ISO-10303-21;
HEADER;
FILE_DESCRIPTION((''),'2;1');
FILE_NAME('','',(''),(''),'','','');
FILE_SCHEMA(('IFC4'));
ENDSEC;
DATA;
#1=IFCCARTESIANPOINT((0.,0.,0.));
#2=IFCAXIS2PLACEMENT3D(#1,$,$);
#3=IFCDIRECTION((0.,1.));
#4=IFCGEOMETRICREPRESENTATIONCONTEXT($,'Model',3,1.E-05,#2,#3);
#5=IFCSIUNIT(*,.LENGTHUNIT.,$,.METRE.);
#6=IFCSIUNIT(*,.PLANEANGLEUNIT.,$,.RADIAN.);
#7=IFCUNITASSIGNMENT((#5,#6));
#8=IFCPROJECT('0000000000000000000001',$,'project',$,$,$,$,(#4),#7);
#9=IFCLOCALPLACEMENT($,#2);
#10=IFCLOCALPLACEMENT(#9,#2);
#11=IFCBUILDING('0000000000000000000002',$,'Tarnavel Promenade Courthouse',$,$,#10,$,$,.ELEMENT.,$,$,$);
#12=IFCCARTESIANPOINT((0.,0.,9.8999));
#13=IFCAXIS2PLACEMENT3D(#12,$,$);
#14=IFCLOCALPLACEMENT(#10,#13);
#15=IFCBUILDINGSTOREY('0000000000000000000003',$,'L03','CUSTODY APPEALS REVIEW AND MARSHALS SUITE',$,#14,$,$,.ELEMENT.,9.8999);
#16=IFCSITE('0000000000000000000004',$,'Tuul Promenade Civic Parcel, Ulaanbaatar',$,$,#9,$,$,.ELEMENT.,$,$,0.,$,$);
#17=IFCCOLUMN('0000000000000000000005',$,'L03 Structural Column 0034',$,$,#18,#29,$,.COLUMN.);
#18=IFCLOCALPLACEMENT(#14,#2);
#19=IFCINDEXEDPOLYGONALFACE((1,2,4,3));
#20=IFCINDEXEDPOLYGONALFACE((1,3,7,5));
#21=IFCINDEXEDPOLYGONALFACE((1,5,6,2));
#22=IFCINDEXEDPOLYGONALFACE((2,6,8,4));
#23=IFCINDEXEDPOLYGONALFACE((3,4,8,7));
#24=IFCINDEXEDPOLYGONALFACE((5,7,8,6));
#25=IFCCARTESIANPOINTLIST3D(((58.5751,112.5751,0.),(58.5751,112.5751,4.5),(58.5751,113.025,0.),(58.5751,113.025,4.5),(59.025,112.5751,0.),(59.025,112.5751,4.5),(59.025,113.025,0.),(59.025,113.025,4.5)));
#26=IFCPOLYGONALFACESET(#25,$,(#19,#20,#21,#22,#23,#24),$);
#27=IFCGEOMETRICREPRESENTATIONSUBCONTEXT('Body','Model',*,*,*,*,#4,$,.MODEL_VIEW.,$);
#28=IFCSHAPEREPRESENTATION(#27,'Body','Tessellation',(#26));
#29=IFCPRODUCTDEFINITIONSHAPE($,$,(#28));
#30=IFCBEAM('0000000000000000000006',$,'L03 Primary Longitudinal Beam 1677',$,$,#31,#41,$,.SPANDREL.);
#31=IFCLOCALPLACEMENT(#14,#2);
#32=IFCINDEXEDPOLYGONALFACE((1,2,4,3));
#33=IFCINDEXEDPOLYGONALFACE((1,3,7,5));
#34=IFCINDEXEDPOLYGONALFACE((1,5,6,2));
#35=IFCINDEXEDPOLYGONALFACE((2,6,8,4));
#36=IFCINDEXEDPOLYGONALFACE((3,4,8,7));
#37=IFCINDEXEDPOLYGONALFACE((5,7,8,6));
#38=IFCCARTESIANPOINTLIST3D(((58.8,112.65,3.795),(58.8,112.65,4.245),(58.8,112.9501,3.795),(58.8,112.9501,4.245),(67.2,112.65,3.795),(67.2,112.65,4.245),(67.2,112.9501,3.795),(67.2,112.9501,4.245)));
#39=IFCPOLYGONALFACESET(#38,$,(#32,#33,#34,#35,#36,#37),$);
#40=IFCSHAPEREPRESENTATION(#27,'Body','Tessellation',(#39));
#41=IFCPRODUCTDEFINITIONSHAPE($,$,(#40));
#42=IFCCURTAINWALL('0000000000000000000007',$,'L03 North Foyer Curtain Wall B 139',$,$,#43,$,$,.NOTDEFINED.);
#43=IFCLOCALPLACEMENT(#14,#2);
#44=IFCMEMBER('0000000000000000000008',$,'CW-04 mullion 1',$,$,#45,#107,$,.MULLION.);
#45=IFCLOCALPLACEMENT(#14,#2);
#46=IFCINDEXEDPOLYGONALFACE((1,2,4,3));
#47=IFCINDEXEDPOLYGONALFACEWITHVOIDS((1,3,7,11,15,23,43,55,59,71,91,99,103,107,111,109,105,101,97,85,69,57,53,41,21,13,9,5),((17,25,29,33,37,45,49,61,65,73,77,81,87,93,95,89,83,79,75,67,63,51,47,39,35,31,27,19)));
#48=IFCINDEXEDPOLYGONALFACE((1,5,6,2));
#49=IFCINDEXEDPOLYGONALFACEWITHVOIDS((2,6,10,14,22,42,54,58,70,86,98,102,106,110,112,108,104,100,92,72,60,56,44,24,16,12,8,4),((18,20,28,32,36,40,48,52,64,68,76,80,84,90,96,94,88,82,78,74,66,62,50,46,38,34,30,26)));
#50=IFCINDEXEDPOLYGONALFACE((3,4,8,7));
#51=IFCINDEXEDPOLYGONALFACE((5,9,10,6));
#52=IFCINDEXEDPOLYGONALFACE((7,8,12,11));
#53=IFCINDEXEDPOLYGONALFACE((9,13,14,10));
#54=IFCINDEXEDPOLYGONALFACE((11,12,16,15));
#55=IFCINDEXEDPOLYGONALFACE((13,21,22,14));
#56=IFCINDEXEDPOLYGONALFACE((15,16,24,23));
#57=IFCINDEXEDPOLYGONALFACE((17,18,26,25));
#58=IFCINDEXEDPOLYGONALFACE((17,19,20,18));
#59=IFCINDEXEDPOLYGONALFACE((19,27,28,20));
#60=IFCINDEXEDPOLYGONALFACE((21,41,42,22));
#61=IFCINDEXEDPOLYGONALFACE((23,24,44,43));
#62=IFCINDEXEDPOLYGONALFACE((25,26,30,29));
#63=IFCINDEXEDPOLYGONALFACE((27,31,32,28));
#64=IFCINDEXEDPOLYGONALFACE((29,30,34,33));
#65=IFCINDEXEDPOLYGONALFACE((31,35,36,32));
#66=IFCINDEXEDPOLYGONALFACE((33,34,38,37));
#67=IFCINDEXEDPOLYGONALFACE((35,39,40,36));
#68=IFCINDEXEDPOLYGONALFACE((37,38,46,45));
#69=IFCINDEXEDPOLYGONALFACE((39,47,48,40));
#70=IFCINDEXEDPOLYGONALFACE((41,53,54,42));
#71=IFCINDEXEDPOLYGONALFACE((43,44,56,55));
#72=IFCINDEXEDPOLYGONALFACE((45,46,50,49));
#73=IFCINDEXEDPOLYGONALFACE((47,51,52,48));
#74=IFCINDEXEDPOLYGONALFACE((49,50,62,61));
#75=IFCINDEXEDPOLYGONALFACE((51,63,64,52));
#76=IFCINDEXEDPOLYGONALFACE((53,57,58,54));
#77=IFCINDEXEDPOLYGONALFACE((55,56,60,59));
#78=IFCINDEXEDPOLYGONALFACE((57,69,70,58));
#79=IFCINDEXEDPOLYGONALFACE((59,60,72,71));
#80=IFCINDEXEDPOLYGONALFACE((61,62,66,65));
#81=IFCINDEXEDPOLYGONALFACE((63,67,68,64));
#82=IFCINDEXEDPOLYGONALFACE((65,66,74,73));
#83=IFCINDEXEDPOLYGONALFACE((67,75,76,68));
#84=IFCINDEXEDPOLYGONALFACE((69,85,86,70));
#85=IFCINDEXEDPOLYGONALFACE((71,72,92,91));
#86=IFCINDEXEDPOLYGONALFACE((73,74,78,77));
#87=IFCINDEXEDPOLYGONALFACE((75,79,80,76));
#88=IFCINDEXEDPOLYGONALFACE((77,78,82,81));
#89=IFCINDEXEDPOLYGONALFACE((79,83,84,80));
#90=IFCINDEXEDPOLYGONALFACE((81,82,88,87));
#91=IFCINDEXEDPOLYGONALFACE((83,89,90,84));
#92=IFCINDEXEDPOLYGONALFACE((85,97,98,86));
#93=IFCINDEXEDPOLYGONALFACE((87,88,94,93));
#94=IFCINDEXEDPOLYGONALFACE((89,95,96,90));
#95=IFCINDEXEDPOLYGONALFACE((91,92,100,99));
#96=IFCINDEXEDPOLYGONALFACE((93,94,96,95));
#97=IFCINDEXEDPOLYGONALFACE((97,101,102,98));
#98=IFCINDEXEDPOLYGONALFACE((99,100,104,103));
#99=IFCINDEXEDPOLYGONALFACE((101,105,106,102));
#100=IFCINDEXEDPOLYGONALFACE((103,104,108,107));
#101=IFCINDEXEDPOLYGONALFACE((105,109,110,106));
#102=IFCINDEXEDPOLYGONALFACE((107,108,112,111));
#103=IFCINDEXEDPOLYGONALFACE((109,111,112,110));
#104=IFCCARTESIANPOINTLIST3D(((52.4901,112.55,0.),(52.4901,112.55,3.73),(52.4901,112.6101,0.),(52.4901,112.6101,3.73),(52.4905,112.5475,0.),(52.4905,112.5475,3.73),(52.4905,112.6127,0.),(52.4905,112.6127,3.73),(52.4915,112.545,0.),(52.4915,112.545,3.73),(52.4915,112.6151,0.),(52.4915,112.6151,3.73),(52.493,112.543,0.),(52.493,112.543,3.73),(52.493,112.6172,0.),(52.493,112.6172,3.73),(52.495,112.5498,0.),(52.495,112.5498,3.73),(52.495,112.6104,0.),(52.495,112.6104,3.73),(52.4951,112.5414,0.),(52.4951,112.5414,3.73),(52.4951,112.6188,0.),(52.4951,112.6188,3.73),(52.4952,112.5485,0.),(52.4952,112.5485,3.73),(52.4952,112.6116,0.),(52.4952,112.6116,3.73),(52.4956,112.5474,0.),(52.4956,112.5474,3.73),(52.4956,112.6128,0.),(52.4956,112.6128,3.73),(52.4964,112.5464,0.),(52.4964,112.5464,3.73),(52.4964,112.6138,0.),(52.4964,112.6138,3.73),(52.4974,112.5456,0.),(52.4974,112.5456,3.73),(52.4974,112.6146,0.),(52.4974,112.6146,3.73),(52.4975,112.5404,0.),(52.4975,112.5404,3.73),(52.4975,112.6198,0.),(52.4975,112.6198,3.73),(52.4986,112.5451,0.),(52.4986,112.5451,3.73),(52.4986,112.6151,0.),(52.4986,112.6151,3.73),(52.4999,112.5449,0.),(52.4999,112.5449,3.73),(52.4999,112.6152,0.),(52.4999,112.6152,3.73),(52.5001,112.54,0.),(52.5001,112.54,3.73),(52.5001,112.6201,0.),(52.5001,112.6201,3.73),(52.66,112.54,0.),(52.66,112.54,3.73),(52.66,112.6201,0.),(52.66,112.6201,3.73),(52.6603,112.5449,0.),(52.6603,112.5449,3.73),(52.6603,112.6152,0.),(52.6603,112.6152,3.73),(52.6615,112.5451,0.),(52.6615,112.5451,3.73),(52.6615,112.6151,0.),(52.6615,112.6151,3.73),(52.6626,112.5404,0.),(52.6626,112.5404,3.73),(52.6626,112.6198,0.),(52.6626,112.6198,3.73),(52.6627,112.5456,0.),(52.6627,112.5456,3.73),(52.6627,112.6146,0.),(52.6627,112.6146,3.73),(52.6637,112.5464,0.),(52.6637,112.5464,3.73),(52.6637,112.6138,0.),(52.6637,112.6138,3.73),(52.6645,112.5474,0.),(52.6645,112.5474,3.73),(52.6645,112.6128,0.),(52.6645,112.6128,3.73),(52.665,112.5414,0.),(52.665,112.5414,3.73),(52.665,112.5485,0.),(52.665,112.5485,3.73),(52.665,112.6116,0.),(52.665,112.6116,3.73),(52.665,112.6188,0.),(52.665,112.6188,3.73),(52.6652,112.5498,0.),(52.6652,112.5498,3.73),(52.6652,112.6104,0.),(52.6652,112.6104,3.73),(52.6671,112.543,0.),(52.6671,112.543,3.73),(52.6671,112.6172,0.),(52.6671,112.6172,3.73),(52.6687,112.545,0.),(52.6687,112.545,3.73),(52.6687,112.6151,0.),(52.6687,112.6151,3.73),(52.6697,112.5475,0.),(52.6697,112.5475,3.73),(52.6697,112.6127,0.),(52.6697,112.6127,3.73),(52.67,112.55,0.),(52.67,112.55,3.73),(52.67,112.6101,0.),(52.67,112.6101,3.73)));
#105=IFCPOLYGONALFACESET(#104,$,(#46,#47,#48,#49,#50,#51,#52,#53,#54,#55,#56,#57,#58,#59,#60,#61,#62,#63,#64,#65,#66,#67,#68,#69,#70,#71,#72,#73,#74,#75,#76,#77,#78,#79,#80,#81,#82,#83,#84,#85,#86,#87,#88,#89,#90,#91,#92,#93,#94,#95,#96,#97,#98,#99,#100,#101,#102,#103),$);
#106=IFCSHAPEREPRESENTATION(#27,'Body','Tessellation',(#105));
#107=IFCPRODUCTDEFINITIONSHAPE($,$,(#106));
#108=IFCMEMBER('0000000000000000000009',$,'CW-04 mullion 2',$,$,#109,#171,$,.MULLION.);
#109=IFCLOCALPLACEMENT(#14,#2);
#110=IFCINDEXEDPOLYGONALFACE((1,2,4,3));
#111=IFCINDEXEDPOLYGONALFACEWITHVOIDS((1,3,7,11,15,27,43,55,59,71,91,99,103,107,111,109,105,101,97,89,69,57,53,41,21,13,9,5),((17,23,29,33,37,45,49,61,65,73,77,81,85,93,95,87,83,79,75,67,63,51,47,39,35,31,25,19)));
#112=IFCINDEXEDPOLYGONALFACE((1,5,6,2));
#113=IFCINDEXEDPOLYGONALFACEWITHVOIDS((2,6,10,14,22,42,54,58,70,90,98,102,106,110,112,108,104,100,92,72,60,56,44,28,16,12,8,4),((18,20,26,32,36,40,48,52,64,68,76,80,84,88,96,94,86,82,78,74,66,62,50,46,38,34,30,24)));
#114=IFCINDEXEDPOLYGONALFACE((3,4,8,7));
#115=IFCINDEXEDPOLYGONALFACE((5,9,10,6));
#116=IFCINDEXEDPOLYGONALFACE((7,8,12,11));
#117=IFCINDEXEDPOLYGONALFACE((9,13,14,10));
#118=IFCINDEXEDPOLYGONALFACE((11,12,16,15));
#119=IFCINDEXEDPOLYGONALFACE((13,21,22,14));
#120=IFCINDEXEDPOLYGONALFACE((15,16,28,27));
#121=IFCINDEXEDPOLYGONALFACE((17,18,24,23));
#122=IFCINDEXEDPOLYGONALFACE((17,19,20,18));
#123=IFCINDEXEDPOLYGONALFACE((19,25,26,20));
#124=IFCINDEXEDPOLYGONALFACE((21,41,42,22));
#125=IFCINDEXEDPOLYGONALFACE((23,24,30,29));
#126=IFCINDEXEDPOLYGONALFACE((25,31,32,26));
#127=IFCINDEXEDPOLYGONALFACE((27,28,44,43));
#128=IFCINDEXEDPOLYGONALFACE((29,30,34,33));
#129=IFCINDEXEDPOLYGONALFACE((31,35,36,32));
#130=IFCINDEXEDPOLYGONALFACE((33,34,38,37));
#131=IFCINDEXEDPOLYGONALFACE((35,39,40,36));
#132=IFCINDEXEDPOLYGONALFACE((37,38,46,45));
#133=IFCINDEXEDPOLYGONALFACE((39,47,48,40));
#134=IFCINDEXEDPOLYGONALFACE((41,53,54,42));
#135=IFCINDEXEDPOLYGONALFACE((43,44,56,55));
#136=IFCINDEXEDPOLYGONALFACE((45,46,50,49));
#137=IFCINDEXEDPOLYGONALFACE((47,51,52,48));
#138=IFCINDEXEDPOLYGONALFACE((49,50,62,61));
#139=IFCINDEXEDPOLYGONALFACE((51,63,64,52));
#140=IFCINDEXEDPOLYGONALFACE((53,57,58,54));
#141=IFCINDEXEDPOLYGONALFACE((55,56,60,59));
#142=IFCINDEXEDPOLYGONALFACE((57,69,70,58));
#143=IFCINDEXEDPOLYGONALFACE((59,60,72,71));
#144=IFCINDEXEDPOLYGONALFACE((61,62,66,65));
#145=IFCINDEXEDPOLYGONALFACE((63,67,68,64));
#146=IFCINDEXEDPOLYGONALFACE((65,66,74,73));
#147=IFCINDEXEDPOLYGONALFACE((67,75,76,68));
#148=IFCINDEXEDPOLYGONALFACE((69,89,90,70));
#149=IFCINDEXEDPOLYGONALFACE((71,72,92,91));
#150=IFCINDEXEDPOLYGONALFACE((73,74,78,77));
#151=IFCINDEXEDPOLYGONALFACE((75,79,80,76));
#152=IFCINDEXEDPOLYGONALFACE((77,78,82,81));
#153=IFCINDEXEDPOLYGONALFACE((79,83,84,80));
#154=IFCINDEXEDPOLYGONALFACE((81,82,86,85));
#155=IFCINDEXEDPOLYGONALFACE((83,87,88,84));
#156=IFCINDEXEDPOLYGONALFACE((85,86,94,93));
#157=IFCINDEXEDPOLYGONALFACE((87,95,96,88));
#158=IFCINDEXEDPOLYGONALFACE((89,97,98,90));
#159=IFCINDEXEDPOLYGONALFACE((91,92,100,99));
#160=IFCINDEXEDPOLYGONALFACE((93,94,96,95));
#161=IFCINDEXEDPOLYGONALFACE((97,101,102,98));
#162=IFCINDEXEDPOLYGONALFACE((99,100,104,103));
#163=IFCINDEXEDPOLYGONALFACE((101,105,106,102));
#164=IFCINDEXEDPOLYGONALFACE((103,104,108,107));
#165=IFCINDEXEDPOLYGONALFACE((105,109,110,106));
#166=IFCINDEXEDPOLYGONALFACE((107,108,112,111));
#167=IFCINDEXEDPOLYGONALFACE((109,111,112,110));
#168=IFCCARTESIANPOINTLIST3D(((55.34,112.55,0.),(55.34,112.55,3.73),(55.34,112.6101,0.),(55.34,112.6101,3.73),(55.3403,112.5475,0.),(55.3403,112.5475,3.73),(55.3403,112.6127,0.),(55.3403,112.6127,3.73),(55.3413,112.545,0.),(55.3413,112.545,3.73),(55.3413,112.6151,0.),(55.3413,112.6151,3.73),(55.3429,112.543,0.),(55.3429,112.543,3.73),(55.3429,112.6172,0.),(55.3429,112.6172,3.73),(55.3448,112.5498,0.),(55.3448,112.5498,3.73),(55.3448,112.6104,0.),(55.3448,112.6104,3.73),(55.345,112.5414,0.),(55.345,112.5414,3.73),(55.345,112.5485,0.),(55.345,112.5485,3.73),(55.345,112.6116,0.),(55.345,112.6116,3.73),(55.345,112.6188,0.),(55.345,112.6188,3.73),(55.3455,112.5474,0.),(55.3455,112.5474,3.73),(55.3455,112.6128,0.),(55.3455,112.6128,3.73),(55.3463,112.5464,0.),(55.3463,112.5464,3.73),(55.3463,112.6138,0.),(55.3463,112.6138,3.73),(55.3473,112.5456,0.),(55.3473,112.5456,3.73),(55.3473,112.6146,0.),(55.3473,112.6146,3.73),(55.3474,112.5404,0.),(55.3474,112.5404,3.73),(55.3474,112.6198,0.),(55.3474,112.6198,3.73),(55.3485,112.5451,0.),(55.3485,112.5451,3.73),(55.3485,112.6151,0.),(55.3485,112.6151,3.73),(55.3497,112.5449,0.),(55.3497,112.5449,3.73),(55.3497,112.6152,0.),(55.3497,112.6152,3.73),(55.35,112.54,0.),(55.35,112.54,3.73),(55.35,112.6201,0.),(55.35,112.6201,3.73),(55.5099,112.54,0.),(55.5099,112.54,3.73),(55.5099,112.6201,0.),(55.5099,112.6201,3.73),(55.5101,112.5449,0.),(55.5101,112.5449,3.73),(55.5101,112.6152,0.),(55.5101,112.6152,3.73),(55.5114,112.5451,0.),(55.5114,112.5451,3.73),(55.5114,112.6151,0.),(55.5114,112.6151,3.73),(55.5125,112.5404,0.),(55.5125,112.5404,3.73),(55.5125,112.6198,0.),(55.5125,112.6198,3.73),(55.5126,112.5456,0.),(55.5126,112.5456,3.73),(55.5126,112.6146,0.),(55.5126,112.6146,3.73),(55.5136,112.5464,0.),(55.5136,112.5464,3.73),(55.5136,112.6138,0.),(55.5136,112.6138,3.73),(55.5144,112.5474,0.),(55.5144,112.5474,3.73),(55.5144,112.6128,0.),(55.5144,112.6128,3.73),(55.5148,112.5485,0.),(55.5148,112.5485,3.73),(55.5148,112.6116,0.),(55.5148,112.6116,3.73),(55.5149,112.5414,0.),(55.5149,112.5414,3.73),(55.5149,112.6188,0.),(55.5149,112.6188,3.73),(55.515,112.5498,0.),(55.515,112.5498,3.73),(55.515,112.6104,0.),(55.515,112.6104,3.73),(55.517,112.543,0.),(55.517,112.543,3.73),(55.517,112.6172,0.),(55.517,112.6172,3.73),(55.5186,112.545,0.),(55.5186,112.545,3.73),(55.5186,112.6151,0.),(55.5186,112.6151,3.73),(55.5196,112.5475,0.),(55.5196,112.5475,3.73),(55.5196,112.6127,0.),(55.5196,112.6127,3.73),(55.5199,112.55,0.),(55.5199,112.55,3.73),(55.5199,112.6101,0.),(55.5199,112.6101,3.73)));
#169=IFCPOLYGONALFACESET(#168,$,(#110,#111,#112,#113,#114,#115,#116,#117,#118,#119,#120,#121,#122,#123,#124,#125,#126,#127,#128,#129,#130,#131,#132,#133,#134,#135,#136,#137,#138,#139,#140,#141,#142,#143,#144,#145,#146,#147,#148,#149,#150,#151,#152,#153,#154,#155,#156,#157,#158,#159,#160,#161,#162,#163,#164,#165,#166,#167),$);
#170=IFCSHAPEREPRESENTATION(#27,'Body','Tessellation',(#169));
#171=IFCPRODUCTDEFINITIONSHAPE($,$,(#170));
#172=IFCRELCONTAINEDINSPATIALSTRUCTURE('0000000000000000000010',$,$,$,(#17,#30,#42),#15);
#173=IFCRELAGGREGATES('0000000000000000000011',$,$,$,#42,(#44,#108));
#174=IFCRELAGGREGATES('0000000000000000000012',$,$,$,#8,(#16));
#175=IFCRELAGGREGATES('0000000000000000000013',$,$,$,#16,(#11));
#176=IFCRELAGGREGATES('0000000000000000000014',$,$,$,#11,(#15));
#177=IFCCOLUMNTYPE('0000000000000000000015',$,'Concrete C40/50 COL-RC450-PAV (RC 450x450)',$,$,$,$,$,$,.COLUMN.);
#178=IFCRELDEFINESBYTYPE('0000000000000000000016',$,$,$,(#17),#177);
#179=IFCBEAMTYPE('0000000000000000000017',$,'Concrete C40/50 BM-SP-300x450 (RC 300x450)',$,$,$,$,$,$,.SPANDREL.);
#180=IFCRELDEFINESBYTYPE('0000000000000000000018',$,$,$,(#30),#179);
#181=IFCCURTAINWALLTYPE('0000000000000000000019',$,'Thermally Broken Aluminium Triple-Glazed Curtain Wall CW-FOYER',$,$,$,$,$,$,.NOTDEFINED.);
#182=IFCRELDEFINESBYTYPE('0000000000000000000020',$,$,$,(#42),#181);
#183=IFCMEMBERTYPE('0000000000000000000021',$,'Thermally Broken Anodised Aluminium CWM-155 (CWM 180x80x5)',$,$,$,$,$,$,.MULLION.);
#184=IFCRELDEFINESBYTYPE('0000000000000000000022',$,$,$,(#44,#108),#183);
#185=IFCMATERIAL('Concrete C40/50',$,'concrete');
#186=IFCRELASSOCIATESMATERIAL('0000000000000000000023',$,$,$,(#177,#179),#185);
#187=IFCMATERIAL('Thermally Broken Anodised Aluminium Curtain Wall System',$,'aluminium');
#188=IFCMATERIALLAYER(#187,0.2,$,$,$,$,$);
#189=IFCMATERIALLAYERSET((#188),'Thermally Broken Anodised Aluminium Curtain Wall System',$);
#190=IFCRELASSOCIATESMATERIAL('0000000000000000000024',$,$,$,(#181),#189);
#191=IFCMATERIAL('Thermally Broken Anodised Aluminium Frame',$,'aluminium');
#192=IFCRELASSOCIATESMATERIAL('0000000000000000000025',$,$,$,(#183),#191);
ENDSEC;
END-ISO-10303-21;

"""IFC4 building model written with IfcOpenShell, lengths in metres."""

from ifc_helpers import new_model, si_unit, direction, frame, origin, origin_2d, place, context, subcontext, project, spatial, rectangle, hollow_rectangle, extrude, material, layer, layer_set, material_profile, profile_set, type_object, element, aggregate, save


model = new_model("IFC4")

# Units and contexts
model_context = context("Model", 3, precision=1e-05, world=origin(), true_north=direction((0.0, 1.0)))
body_context = subcontext(model_context, "Body", "Model", "MODEL_VIEW")
ifc_project = project(units=[si_unit("LENGTHUNIT", "METRE"), si_unit("PLANEANGLEUNIT", "RADIAN")], contexts=[model_context])

# Site, building, storey
site_placement = place(None, origin())
site = spatial("IfcSite", under=ifc_project, at=site_placement, Name="Tuul Promenade Civic Parcel, Ulaanbaatar", CompositionType="ELEMENT", RefElevation=0.0)
building_placement = place(site_placement, origin())
building = spatial("IfcBuilding", under=site, at=building_placement, Name="Tarnavel Promenade Courthouse", CompositionType="ELEMENT")
storey_placement = place(building_placement, frame((0.0, 0.0, 9.8999)))
storey = spatial("IfcBuildingStorey", under=building, at=storey_placement, Name="L03", Description="CUSTODY APPEALS REVIEW AND MARSHALS SUITE", CompositionType="ELEMENT", Elevation=9.8999)

# Column
ifc_material_1 = material(Name="Concrete C40/50", Category="concrete")
ifc_material_profile_1 = material_profile(ifc_material_1, rectangle(XDim=0.45, YDim=0.45, at=origin_2d()), Name="RC 450x450")
ifc_profile_set_1 = profile_set([ifc_material_profile_1], Name="Concrete C40/50")
column_type = type_object("IfcColumnType", Name="Concrete C40/50 COL-RC450-PAV (RC 450x450)", PredefinedType="COLUMN", material=ifc_profile_set_1)
column_placement = place(storey_placement, frame((58.8, 112.8, 0.0), z_axis=(0.0, 0.0, 1.0), x_axis=(1.0, 0.0, 0.0)))
element("IfcColumn", 1, at=column_placement, inside=storey, type_object=column_type, Name="L03 Structural Column 0034", PredefinedType="COLUMN", context=body_context, shape_type="SweptSolid", body=[
    extrude(rectangle(XDim=0.45, YDim=0.45, at=origin_2d()), origin(), (0.0, 0.0, 1.0), 4.5),
])

# Beam
ifc_material_profile_2 = material_profile(ifc_material_1, rectangle(XDim=0.3, YDim=0.45, at=origin_2d()), Name="RC 300x450")
ifc_profile_set_2 = profile_set([ifc_material_profile_2], Name="Concrete C40/50")
beam_type = type_object("IfcBeamType", Name="Concrete C40/50 BM-SP-300x450 (RC 300x450)", PredefinedType="SPANDREL", material=ifc_profile_set_2)
beam_placement = place(storey_placement, frame((58.8, 112.8, 4.02), z_axis=(1.0, 0.0, 0.0), x_axis=(0.0, 1.0, 0.0)))
element("IfcBeam", 2, at=beam_placement, inside=storey, type_object=beam_type, Name="L03 Primary Longitudinal Beam 1677", PredefinedType="SPANDREL", context=body_context, shape_type="SweptSolid", body=[
    extrude(rectangle(XDim=0.3, YDim=0.45, at=origin_2d()), origin(), (0.0, 0.0, 1.0), 8.3999),
])

# Curtain wall, members
ifc_material_2 = material(Name="Thermally Broken Anodised Aluminium Curtain Wall System", Category="aluminium")
ifc_layer_1 = layer(ifc_material_2, 0.2)
ifc_layer_set_1 = layer_set([ifc_layer_1], Name="Thermally Broken Anodised Aluminium Curtain Wall System")
curtain_wall_type = type_object("IfcCurtainWallType", Name="Thermally Broken Aluminium Triple-Glazed Curtain Wall CW-FOYER", PredefinedType="NOTDEFINED", material=ifc_layer_set_1)
curtain_wall_1_placement = place(storey_placement, origin())
curtain_wall_1 = element("IfcCurtainWall", 3, at=curtain_wall_1_placement, inside=storey, type_object=curtain_wall_type, Name="L03 North Foyer Curtain Wall B 139", PredefinedType="NOTDEFINED")
ifc_material_3 = material(Name="Thermally Broken Anodised Aluminium Frame", Category="aluminium")
ifc_material_profile_3 = material_profile(ifc_material_3, hollow_rectangle(XDim=0.0801, YDim=0.1799, WallThickness=0.0049, InnerFilletRadius=0.0049, OuterFilletRadius=0.01, at=origin_2d()), Name="CWM 180x80x5")
ifc_profile_set_3 = profile_set([ifc_material_profile_3], Name="Thermally Broken Anodised Aluminium Frame")
member_type_1 = type_object("IfcMemberType", Name="Thermally Broken Anodised Aluminium CWM-155 (CWM 180x80x5)", PredefinedType="MULLION", material=ifc_profile_set_3)
member_1_placement = place(storey_placement, frame((52.5801, 112.5801, 0.0), z_axis=(0.0, 0.0, 1.0), x_axis=(0.0, 1.0, 0.0)))
member_1 = element("IfcMember", 4, at=member_1_placement, type_object=member_type_1, Name="CW-04 mullion 1", PredefinedType="MULLION", context=body_context, shape_type="SweptSolid", body=[
    extrude(hollow_rectangle(XDim=0.0801, YDim=0.1799, WallThickness=0.0049, InnerFilletRadius=0.0049, OuterFilletRadius=0.01, at=origin_2d()), origin(), (0.0, 0.0, 1.0), 3.73),
])
member_2_placement = place(storey_placement, frame((55.4299, 112.5801, 0.0), z_axis=(0.0, 0.0, 1.0), x_axis=(0.0, 1.0, 0.0)))
member_2 = element("IfcMember", 5, at=member_2_placement, type_object=member_type_1, Name="CW-04 mullion 2", PredefinedType="MULLION", context=body_context, shape_type="SweptSolid", body=[
    extrude(hollow_rectangle(XDim=0.0801, YDim=0.1799, WallThickness=0.0049, InnerFilletRadius=0.0049, OuterFilletRadius=0.01, at=origin_2d()), origin(), (0.0, 0.0, 1.0), 3.73),
])

aggregate(curtain_wall_1, [member_1, member_2])

save(model, "model.ifc")
